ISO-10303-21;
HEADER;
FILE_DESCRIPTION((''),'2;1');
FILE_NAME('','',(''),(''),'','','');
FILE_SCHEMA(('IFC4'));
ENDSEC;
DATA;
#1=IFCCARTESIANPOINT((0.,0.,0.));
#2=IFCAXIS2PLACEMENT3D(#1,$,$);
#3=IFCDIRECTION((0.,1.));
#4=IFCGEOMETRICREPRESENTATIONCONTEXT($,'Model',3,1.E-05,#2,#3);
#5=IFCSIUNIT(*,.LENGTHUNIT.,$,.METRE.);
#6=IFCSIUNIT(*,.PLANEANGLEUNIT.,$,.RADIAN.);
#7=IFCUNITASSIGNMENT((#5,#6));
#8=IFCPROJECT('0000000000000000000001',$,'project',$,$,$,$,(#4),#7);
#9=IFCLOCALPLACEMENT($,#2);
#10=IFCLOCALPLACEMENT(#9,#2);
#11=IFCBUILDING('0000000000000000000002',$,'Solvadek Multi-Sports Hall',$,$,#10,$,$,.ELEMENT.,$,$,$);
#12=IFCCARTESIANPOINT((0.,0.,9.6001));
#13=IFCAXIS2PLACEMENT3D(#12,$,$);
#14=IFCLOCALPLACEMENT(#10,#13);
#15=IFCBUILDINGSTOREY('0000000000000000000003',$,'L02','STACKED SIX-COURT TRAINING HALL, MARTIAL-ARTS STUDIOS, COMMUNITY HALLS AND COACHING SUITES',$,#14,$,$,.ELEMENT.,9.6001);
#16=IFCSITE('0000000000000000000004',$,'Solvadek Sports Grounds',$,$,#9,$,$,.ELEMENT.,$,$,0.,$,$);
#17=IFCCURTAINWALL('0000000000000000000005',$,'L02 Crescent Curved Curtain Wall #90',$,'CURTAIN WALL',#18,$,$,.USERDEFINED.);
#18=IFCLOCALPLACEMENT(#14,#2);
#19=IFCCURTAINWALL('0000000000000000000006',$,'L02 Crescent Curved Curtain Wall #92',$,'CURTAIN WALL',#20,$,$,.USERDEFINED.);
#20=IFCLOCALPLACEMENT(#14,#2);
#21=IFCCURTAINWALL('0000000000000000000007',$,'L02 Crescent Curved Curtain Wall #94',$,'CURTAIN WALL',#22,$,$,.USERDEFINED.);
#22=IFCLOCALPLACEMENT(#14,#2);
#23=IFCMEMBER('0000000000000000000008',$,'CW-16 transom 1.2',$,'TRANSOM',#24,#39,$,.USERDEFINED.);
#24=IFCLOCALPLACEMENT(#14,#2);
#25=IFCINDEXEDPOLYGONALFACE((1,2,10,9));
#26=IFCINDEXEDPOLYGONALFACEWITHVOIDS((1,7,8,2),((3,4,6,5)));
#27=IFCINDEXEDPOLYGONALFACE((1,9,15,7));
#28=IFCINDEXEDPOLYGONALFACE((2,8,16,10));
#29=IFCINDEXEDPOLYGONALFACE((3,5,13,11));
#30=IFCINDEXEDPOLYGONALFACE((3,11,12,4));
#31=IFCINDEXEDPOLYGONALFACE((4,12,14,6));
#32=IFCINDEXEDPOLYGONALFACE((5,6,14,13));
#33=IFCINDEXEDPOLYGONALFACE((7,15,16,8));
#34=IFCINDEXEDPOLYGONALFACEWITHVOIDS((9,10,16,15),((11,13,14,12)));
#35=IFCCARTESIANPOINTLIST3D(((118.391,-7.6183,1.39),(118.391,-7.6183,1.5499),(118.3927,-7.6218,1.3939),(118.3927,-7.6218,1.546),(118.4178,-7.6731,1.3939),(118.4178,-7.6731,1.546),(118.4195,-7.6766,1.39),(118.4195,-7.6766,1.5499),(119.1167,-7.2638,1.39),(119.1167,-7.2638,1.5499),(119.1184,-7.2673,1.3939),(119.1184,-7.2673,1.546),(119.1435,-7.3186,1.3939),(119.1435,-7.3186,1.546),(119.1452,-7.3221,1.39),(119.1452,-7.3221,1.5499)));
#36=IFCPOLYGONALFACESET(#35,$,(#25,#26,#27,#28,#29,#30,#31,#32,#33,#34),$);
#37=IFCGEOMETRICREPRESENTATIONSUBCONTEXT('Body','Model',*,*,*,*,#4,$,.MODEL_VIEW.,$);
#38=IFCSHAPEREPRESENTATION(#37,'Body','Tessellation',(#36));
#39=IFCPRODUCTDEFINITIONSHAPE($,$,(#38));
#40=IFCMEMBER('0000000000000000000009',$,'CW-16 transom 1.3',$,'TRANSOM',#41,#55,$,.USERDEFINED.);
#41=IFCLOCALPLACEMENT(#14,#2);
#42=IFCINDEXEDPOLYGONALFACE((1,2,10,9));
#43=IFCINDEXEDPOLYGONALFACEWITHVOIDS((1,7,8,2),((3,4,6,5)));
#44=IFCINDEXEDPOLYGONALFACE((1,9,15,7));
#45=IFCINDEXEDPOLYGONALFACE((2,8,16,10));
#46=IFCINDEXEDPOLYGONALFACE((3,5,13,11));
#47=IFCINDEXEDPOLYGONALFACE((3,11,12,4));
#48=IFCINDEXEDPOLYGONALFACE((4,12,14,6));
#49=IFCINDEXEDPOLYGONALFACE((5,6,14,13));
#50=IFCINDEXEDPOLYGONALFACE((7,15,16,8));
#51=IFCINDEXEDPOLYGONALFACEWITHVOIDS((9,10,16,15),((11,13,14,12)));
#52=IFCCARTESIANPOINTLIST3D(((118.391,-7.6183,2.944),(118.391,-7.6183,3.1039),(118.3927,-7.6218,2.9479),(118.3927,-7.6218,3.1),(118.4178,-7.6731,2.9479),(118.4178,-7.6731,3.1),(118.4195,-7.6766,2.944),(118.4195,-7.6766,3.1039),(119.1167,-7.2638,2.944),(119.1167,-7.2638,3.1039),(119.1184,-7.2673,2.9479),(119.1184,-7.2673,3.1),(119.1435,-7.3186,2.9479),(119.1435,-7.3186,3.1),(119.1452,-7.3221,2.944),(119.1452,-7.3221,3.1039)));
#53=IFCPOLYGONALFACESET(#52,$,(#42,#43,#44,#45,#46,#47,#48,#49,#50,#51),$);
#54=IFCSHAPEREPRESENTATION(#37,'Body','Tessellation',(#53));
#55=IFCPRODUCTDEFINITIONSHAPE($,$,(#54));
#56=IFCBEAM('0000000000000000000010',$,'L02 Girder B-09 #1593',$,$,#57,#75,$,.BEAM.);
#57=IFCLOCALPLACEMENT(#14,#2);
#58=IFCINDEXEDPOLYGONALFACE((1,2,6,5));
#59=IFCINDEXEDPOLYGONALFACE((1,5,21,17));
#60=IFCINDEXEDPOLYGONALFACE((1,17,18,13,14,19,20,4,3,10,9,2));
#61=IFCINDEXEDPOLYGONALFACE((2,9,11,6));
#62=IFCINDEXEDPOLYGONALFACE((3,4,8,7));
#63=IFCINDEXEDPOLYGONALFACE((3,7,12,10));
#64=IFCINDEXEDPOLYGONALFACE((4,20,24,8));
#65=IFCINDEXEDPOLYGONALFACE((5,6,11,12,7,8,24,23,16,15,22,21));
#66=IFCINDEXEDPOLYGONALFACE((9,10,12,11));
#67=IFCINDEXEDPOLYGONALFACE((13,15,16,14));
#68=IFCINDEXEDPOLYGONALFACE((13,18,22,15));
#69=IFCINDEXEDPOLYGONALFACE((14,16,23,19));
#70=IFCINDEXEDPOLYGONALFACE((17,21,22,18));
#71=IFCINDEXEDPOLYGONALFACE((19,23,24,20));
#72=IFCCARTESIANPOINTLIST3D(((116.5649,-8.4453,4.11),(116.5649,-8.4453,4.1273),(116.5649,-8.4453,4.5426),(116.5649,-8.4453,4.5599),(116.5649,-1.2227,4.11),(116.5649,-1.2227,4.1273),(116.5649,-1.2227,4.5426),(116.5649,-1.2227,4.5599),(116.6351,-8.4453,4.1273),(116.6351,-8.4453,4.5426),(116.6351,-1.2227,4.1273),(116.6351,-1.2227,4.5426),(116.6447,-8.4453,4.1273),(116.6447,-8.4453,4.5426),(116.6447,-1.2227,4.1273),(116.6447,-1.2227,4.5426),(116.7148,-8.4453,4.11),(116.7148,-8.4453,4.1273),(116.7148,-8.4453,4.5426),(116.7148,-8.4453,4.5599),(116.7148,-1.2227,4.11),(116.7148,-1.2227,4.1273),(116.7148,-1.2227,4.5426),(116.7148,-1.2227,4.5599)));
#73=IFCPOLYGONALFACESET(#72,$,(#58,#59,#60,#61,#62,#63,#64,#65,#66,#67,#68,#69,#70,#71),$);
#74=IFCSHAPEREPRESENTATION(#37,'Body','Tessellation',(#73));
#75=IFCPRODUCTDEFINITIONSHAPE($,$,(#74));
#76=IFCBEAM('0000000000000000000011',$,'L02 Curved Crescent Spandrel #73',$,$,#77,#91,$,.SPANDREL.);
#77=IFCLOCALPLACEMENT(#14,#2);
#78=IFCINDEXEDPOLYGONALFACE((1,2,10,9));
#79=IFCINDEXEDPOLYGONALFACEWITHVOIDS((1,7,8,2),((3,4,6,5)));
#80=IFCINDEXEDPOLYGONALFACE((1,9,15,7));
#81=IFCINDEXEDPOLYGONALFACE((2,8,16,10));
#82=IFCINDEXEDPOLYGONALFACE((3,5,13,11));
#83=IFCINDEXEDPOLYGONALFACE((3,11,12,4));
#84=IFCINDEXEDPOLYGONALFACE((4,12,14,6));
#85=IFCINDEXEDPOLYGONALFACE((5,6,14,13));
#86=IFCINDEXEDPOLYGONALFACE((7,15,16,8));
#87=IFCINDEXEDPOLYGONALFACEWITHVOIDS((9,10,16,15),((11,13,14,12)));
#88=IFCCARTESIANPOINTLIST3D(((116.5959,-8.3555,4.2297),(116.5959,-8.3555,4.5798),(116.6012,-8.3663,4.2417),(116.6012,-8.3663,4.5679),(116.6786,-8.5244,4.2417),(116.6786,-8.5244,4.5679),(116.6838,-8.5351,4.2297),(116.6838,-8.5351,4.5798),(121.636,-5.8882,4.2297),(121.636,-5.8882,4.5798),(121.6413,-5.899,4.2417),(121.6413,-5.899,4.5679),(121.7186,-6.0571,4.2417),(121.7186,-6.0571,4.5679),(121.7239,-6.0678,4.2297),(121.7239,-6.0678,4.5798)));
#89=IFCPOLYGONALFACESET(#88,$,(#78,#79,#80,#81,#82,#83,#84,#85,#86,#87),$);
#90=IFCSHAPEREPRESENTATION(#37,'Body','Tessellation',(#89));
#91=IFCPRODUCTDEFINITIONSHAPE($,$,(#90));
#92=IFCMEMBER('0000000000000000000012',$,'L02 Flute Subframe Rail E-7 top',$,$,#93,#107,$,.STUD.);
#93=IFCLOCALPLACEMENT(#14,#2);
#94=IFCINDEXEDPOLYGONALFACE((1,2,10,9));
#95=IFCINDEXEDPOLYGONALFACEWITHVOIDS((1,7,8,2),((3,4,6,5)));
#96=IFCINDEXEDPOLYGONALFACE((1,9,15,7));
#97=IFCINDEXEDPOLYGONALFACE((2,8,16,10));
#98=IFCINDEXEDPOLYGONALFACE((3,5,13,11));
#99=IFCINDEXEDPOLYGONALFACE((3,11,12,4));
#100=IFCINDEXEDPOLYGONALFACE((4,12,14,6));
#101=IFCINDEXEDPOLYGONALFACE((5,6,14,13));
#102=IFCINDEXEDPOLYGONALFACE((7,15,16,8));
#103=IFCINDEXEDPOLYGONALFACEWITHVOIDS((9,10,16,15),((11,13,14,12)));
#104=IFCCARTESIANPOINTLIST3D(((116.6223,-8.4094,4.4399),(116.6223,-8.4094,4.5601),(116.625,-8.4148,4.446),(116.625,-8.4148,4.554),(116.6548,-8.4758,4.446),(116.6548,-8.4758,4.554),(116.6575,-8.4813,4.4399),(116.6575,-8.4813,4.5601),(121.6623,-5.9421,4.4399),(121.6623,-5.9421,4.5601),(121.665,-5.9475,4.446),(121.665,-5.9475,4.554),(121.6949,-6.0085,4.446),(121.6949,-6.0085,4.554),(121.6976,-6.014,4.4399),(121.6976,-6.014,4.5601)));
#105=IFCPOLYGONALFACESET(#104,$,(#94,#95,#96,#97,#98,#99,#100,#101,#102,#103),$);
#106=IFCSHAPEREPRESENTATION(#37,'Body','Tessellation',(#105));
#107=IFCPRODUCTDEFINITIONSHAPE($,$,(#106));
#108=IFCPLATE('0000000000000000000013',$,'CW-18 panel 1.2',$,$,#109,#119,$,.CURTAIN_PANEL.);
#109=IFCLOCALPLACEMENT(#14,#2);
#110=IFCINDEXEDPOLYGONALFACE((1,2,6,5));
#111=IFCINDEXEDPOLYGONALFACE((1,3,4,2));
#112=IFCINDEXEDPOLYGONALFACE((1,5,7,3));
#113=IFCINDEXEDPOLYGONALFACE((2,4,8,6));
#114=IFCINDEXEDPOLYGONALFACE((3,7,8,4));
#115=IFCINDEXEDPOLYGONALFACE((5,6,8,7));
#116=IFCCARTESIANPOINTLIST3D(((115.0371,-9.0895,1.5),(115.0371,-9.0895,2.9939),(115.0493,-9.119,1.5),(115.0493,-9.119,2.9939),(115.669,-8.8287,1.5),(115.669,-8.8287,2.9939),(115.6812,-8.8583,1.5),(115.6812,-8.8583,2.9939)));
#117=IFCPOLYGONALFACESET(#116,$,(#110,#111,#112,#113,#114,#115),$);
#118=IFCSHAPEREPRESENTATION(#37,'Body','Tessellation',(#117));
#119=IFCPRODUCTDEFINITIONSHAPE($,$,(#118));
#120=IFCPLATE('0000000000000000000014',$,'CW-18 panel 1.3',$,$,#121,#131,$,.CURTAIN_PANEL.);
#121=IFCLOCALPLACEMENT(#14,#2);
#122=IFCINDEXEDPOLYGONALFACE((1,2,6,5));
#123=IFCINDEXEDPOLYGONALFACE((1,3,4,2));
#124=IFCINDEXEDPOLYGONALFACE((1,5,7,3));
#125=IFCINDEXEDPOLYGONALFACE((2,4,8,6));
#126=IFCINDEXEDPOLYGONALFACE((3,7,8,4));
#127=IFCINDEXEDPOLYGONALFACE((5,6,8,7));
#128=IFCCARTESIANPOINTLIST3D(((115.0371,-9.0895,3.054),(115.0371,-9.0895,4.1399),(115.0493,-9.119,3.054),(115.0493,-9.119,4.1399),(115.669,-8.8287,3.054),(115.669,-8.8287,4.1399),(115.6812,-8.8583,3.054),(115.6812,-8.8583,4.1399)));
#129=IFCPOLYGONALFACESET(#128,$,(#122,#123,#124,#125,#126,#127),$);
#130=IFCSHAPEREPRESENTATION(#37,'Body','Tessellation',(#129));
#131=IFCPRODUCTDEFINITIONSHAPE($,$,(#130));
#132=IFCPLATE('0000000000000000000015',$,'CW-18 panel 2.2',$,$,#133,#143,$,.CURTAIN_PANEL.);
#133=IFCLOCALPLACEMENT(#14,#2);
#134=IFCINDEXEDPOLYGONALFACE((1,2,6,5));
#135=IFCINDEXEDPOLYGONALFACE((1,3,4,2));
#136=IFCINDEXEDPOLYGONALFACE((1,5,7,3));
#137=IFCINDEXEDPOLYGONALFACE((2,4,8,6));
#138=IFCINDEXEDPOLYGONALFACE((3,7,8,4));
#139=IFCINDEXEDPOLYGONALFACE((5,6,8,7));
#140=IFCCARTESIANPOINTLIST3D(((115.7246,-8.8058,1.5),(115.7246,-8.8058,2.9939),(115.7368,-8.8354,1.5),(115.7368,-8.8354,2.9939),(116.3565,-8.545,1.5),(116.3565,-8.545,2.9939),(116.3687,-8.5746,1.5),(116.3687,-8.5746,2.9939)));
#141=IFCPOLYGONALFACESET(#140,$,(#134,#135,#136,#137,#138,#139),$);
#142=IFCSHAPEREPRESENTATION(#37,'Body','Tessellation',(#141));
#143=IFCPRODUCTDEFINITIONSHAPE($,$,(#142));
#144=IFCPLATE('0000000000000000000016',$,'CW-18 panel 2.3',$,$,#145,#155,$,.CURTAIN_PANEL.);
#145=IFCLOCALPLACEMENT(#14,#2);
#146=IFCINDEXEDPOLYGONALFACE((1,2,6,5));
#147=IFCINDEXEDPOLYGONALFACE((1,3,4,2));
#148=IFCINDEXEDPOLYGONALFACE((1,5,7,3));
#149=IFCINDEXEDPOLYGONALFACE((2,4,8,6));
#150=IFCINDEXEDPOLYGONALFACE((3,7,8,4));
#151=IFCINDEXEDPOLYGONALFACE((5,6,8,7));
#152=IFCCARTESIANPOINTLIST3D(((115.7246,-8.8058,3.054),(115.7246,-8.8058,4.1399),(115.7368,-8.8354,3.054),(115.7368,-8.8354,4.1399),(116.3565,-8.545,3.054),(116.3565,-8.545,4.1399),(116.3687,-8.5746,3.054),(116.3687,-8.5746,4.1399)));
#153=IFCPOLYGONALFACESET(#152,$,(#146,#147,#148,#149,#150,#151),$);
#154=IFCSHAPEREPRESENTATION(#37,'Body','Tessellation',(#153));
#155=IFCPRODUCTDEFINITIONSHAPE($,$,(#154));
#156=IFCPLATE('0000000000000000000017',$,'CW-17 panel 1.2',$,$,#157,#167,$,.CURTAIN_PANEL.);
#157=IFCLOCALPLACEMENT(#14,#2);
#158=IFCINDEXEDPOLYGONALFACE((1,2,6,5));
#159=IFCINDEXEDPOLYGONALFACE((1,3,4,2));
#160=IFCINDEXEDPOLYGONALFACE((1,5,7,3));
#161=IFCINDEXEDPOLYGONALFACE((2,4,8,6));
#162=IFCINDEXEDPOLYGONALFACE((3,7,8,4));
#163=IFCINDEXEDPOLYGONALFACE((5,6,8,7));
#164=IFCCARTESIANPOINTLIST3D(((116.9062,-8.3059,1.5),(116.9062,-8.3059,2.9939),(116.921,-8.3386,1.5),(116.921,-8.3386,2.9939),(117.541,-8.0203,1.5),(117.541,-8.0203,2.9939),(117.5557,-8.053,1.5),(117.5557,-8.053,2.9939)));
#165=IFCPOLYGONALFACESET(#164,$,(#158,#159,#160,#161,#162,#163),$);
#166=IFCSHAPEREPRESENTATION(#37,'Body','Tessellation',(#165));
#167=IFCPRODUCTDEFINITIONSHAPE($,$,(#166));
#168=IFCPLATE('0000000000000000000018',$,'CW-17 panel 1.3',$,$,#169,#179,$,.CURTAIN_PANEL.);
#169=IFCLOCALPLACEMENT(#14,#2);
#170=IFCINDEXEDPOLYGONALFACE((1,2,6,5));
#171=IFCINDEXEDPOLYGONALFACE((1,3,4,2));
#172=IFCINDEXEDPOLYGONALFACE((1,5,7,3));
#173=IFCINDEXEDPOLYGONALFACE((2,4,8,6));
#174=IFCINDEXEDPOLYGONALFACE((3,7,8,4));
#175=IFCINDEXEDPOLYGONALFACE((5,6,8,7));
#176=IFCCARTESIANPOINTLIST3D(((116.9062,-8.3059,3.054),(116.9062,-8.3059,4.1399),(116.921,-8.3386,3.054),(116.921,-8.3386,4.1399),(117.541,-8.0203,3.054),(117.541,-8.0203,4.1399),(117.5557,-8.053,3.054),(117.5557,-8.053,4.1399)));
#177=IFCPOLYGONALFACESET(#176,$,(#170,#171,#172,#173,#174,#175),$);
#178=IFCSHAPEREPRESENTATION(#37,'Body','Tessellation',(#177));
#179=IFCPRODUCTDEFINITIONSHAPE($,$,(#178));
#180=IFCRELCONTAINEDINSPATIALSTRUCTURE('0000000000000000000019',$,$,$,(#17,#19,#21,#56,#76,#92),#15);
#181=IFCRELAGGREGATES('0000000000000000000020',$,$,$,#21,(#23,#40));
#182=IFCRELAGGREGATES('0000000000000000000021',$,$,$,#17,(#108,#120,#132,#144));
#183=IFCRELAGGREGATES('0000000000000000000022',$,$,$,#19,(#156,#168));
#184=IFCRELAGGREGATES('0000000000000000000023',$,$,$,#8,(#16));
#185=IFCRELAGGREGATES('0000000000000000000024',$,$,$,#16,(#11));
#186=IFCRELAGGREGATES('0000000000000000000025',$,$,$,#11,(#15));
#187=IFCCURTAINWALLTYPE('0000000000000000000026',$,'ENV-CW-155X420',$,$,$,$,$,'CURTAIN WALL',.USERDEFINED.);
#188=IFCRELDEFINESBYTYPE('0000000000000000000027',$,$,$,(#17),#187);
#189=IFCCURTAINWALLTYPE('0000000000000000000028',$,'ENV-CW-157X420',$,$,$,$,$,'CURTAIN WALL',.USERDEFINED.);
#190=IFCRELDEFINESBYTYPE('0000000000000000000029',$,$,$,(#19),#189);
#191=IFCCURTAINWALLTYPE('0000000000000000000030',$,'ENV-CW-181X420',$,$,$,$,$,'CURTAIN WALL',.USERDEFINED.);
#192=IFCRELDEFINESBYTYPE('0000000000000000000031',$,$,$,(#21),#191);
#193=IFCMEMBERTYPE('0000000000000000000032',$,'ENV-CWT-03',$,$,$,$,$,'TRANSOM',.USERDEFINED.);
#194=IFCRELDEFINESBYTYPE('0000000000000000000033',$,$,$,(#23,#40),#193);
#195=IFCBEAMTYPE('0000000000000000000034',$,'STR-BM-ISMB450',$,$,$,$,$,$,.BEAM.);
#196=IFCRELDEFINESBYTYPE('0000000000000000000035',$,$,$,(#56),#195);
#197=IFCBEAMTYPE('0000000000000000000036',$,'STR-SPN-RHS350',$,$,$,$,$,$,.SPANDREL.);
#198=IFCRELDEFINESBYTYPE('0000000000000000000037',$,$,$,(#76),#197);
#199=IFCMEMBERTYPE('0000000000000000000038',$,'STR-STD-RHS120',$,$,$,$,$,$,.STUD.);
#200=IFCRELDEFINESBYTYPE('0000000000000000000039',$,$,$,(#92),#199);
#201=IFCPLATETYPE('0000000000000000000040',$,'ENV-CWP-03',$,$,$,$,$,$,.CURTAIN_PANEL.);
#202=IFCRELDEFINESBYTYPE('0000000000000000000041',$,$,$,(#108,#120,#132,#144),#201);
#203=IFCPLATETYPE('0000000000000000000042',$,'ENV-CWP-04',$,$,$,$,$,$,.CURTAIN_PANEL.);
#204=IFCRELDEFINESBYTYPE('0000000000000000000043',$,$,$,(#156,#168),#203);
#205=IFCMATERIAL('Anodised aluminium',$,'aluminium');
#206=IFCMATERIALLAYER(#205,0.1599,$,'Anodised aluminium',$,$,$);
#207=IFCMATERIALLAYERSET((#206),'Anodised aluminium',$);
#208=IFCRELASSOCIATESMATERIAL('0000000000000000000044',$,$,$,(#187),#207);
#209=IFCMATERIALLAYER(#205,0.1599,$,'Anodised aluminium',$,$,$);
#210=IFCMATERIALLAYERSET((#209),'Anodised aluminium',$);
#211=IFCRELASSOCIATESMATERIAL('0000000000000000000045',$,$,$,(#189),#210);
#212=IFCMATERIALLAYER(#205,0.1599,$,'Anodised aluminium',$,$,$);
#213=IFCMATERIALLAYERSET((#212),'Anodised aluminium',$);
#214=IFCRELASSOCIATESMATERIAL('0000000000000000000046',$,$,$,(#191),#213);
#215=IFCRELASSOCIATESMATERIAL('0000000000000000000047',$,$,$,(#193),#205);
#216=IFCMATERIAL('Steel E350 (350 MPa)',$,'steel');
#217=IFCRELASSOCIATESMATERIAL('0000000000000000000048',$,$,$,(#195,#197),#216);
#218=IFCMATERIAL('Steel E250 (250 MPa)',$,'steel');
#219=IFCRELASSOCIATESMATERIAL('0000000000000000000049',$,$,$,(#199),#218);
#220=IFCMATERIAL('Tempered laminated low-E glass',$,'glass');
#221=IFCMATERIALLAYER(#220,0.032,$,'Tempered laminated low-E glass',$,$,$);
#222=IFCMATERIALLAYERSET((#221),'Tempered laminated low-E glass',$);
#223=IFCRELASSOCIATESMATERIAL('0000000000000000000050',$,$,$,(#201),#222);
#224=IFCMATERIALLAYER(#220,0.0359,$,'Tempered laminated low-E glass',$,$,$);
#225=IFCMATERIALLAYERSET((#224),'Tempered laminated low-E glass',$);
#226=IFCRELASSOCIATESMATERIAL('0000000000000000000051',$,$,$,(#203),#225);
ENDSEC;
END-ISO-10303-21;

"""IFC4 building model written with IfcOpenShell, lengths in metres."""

from ifc_helpers import new_model, si_unit, direction, frame, origin, origin_2d, place, context, subcontext, project, spatial, rectangle, hollow_rectangle, i_section, extrude, material, layer, layer_set, material_profile, profile_set, type_object, element, aggregate, save


model = new_model("IFC4")

# Units and contexts
model_context = context("Model", 3, precision=1e-05, world=origin(), true_north=direction((0.0, 1.0)))
body_context = subcontext(model_context, "Body", "Model", "MODEL_VIEW")
ifc_project = project(units=[si_unit("LENGTHUNIT", "METRE"), si_unit("PLANEANGLEUNIT", "RADIAN")], contexts=[model_context])

# Site, building, storey
site_placement = place(None, origin())
site = spatial("IfcSite", under=ifc_project, at=site_placement, Name="Solvadek Sports Grounds", CompositionType="ELEMENT", RefElevation=0.0)
building_placement = place(site_placement, origin())
building = spatial("IfcBuilding", under=site, at=building_placement, Name="Solvadek Multi-Sports Hall", CompositionType="ELEMENT")
storey_placement = place(building_placement, frame((0.0, 0.0, 9.6001)))
storey = spatial("IfcBuildingStorey", under=building, at=storey_placement, Name="L02", Description="STACKED SIX-COURT TRAINING HALL, MARTIAL-ARTS STUDIOS, COMMUNITY HALLS AND COACHING SUITES", CompositionType="ELEMENT", Elevation=9.6001)

# Curtain walls, members
ifc_material_1 = material(Name="Anodised aluminium", Category="aluminium")
ifc_layer_1 = layer(ifc_material_1, 0.1599, Name="Anodised aluminium")
ifc_layer_set_1 = layer_set([ifc_layer_1], Name="Anodised aluminium")
curtain_wall_type_1 = type_object("IfcCurtainWallType", Name="ENV-CW-155X420", ElementType="CURTAIN WALL", PredefinedType="USERDEFINED", material=ifc_layer_set_1)
curtain_wall_1_placement = place(storey_placement, origin())
curtain_wall_1 = element("IfcCurtainWall", 1, at=curtain_wall_1_placement, inside=storey, type_object=curtain_wall_type_1, Name="L02 Crescent Curved Curtain Wall #90", ObjectType="CURTAIN WALL", PredefinedType="USERDEFINED")
ifc_layer_2 = layer(ifc_material_1, 0.1599, Name="Anodised aluminium")
ifc_layer_set_2 = layer_set([ifc_layer_2], Name="Anodised aluminium")
curtain_wall_type_2 = type_object("IfcCurtainWallType", Name="ENV-CW-157X420", ElementType="CURTAIN WALL", PredefinedType="USERDEFINED", material=ifc_layer_set_2)
curtain_wall_2_placement = place(storey_placement, origin())
curtain_wall_2 = element("IfcCurtainWall", 2, at=curtain_wall_2_placement, inside=storey, type_object=curtain_wall_type_2, Name="L02 Crescent Curved Curtain Wall #92", ObjectType="CURTAIN WALL", PredefinedType="USERDEFINED")
ifc_layer_3 = layer(ifc_material_1, 0.1599, Name="Anodised aluminium")
ifc_layer_set_3 = layer_set([ifc_layer_3], Name="Anodised aluminium")
curtain_wall_type_3 = type_object("IfcCurtainWallType", Name="ENV-CW-181X420", ElementType="CURTAIN WALL", PredefinedType="USERDEFINED", material=ifc_layer_set_3)
curtain_wall_3_placement = place(storey_placement, origin())
curtain_wall_3 = element("IfcCurtainWall", 3, at=curtain_wall_3_placement, inside=storey, type_object=curtain_wall_type_3, Name="L02 Crescent Curved Curtain Wall #94", ObjectType="CURTAIN WALL", PredefinedType="USERDEFINED")
ifc_material_profile_1 = material_profile(ifc_material_1, hollow_rectangle(XDim=0.0649, YDim=0.1599, WallThickness=0.0039, at=origin_2d()), Name="ALU-T 160x65x4")
ifc_profile_set_1 = profile_set([ifc_material_profile_1], Name="Anodised aluminium")
member_type_1 = type_object("IfcMemberType", Name="ENV-CWT-03", ElementType="TRANSOM", PredefinedType="USERDEFINED", material=ifc_profile_set_1)
member_1_placement = place(storey_placement, frame((118.4053, -7.6475, 1.47), z_axis=(0.898501, 0.438972, 0.0), x_axis=(-0.438972, 0.898501, 0.0)))
member_1 = element("IfcMember", 4, at=member_1_placement, type_object=member_type_1, Name="CW-16 transom 1.2", ObjectType="TRANSOM", PredefinedType="USERDEFINED", context=body_context, shape_type="SweptSolid", body=[
    extrude(hollow_rectangle(XDim=0.0649, YDim=0.1599, WallThickness=0.0039, at=origin_2d()), origin(), (0.0, 0.0, 1.0), 0.8076),
])
member_2_placement = place(storey_placement, frame((118.4053, -7.6475, 3.0239), z_axis=(0.898501, 0.438972, 0.0), x_axis=(-0.438972, 0.898501, 0.0)))
member_2 = element("IfcMember", 5, at=member_2_placement, type_object=member_type_1, Name="CW-16 transom 1.3", ObjectType="TRANSOM", PredefinedType="USERDEFINED", context=body_context, shape_type="SweptSolid", body=[
    extrude(hollow_rectangle(XDim=0.0649, YDim=0.1599, WallThickness=0.0039, at=origin_2d()), origin(), (0.0, 0.0, 1.0), 0.8076),
])
aggregate(curtain_wall_3, [member_1, member_2])

# Beams
ifc_material_2 = material(Name="Steel E350 (350 MPa)", Category="steel")
ifc_material_profile_2 = material_profile(ifc_material_2, i_section(OverallWidth=0.1499, OverallDepth=0.45, WebThickness=0.0095, FlangeThickness=0.0173, at=origin_2d()), Name="ISMB 450")
ifc_profile_set_2 = profile_set([ifc_material_profile_2], Name="Steel E350 (350 MPa)")
beam_type_1 = type_object("IfcBeamType", Name="STR-BM-ISMB450", PredefinedType="BEAM", material=ifc_profile_set_2)
beam_1_placement = place(storey_placement, frame((116.6399, -8.4453, 4.335), z_axis=(0.0, 1.0, 0.0), x_axis=(-1.0, 0.0, 0.0)))
element("IfcBeam", 6, at=beam_1_placement, inside=storey, type_object=beam_type_1, Name="L02 Girder B-09 #1593", PredefinedType="BEAM", context=body_context, shape_type="SweptSolid", body=[
    extrude(i_section(OverallWidth=0.1499, OverallDepth=0.45, WebThickness=0.0095, FlangeThickness=0.0173, at=origin_2d()), origin(), (0.0, 0.0, 1.0), 7.2227),
])
ifc_material_profile_3 = material_profile(ifc_material_2, hollow_rectangle(XDim=0.2, YDim=0.3501, WallThickness=0.012, at=origin_2d()), Name="RHS 350x200x12")
ifc_profile_set_3 = profile_set([ifc_material_profile_3], Name="Steel E350 (350 MPa)")
beam_type_2 = type_object("IfcBeamType", Name="STR-SPN-RHS350", PredefinedType="SPANDREL", material=ifc_profile_set_3)
beam_2_placement = place(storey_placement, frame((116.6399, -8.4453, 4.4048), z_axis=(0.898155, 0.43968, 0.0), x_axis=(-0.43968, 0.898155, 0.0)))
element("IfcBeam", 7, at=beam_2_placement, inside=storey, type_object=beam_type_2, Name="L02 Curved Crescent Spandrel #73", PredefinedType="SPANDREL", context=body_context, shape_type="SweptSolid", body=[
    extrude(hollow_rectangle(XDim=0.2, YDim=0.3501, WallThickness=0.012, at=origin_2d()), origin(), (0.0, 0.0, 1.0), 5.6116),
])

# Member
ifc_material_3 = material(Name="Steel E250 (250 MPa)", Category="steel")
ifc_material_profile_4 = material_profile(ifc_material_3, hollow_rectangle(XDim=0.0801, YDim=0.1201, WallThickness=0.0061, at=origin_2d()), Name="RHS 120x80x6")
ifc_profile_set_4 = profile_set([ifc_material_profile_4], Name="Steel E250 (250 MPa)")
member_type_2 = type_object("IfcMemberType", Name="STR-STD-RHS120", PredefinedType="STUD", material=ifc_profile_set_4)
member_3_placement = place(storey_placement, frame((116.6399, -8.4453, 4.5), z_axis=(0.898155, 0.43968, 0.0), x_axis=(-0.43968, 0.898155, 0.0)))
element("IfcMember", 8, at=member_3_placement, inside=storey, type_object=member_type_2, Name="L02 Flute Subframe Rail E-7 top", PredefinedType="STUD", context=body_context, shape_type="SweptSolid", body=[
    extrude(hollow_rectangle(XDim=0.0801, YDim=0.1201, WallThickness=0.0061, at=origin_2d()), origin(), (0.0, 0.0, 1.0), 5.6116),
])

# Plates
ifc_material_4 = material(Name="Tempered laminated low-E glass", Category="glass")
ifc_layer_4 = layer(ifc_material_4, 0.032, Name="Tempered laminated low-E glass")
ifc_layer_set_4 = layer_set([ifc_layer_4], Name="Tempered laminated low-E glass")
plate_type_1 = type_object("IfcPlateType", Name="ENV-CWP-03", PredefinedType="CURTAIN_PANEL", material=ifc_layer_set_4)
plate_1_placement = place(storey_placement, frame((115.3591, -8.9739, 1.5), z_axis=(0.0, 0.0, 1.0), x_axis=(0.924379, 0.381475, 0.0)))
plate_1 = element("IfcPlate", 9, at=plate_1_placement, type_object=plate_type_1, Name="CW-18 panel 1.2", PredefinedType="CURTAIN_PANEL", context=body_context, shape_type="SweptSolid", body=[
    extrude(rectangle(XDim=0.6836, YDim=0.032, at=origin_2d()), origin(), (0.0, 0.0, 1.0), 1.4939),
])
plate_2_placement = place(storey_placement, frame((115.3591, -8.9739, 3.054), z_axis=(0.0, 0.0, 1.0), x_axis=(0.924379, 0.381475, 0.0)))
plate_2 = element("IfcPlate", 10, at=plate_2_placement, type_object=plate_type_1, Name="CW-18 panel 1.3", PredefinedType="CURTAIN_PANEL", context=body_context, shape_type="SweptSolid", body=[
    extrude(rectangle(XDim=0.6836, YDim=0.032, at=origin_2d()), origin(), (0.0, 0.0, 1.0), 1.0859),
])
plate_3_placement = place(storey_placement, frame((116.0466, -8.6902, 1.5), z_axis=(0.0, 0.0, 1.0), x_axis=(0.924379, 0.381475, 0.0)))
plate_3 = element("IfcPlate", 11, at=plate_3_placement, type_object=plate_type_1, Name="CW-18 panel 2.2", PredefinedType="CURTAIN_PANEL", context=body_context, shape_type="SweptSolid", body=[
    extrude(rectangle(XDim=0.6836, YDim=0.032, at=origin_2d()), origin(), (0.0, 0.0, 1.0), 1.4939),
])
plate_4_placement = place(storey_placement, frame((116.0466, -8.6902, 3.054), z_axis=(0.0, 0.0, 1.0), x_axis=(0.924379, 0.381475, 0.0)))
plate_4 = element("IfcPlate", 12, at=plate_4_placement, type_object=plate_type_1, Name="CW-18 panel 2.3", PredefinedType="CURTAIN_PANEL", context=body_context, shape_type="SweptSolid", body=[
    extrude(rectangle(XDim=0.6836, YDim=0.032, at=origin_2d()), origin(), (0.0, 0.0, 1.0), 1.0859),
])
aggregate(curtain_wall_1, [plate_1, plate_2, plate_3, plate_4])
ifc_layer_5 = layer(ifc_material_4, 0.0359, Name="Tempered laminated low-E glass")
ifc_layer_set_5 = layer_set([ifc_layer_5], Name="Tempered laminated low-E glass")
plate_type_2 = type_object("IfcPlateType", Name="ENV-CWP-04", PredefinedType="CURTAIN_PANEL", material=ifc_layer_set_5)
plate_5_placement = place(storey_placement, frame((117.231, -8.1794, 1.5), z_axis=(0.0, 0.0, 1.0), x_axis=(0.911913, 0.410383, 0.0)))
plate_5 = element("IfcPlate", 13, at=plate_5_placement, type_object=plate_type_2, Name="CW-17 panel 1.2", PredefinedType="CURTAIN_PANEL", context=body_context, shape_type="SweptSolid", body=[
    extrude(rectangle(XDim=0.696, YDim=0.0359, at=origin_2d()), origin(), (0.0, 0.0, 1.0), 1.4939),
])
plate_6_placement = place(storey_placement, frame((117.231, -8.1794, 3.054), z_axis=(0.0, 0.0, 1.0), x_axis=(0.911913, 0.410383, 0.0)))
plate_6 = element("IfcPlate", 14, at=plate_6_placement, type_object=plate_type_2, Name="CW-17 panel 1.3", PredefinedType="CURTAIN_PANEL", context=body_context, shape_type="SweptSolid", body=[
    extrude(rectangle(XDim=0.696, YDim=0.0359, at=origin_2d()), origin(), (0.0, 0.0, 1.0), 1.0859),
])
aggregate(curtain_wall_2, [plate_5, plate_6])

save(model, "model.ifc")
